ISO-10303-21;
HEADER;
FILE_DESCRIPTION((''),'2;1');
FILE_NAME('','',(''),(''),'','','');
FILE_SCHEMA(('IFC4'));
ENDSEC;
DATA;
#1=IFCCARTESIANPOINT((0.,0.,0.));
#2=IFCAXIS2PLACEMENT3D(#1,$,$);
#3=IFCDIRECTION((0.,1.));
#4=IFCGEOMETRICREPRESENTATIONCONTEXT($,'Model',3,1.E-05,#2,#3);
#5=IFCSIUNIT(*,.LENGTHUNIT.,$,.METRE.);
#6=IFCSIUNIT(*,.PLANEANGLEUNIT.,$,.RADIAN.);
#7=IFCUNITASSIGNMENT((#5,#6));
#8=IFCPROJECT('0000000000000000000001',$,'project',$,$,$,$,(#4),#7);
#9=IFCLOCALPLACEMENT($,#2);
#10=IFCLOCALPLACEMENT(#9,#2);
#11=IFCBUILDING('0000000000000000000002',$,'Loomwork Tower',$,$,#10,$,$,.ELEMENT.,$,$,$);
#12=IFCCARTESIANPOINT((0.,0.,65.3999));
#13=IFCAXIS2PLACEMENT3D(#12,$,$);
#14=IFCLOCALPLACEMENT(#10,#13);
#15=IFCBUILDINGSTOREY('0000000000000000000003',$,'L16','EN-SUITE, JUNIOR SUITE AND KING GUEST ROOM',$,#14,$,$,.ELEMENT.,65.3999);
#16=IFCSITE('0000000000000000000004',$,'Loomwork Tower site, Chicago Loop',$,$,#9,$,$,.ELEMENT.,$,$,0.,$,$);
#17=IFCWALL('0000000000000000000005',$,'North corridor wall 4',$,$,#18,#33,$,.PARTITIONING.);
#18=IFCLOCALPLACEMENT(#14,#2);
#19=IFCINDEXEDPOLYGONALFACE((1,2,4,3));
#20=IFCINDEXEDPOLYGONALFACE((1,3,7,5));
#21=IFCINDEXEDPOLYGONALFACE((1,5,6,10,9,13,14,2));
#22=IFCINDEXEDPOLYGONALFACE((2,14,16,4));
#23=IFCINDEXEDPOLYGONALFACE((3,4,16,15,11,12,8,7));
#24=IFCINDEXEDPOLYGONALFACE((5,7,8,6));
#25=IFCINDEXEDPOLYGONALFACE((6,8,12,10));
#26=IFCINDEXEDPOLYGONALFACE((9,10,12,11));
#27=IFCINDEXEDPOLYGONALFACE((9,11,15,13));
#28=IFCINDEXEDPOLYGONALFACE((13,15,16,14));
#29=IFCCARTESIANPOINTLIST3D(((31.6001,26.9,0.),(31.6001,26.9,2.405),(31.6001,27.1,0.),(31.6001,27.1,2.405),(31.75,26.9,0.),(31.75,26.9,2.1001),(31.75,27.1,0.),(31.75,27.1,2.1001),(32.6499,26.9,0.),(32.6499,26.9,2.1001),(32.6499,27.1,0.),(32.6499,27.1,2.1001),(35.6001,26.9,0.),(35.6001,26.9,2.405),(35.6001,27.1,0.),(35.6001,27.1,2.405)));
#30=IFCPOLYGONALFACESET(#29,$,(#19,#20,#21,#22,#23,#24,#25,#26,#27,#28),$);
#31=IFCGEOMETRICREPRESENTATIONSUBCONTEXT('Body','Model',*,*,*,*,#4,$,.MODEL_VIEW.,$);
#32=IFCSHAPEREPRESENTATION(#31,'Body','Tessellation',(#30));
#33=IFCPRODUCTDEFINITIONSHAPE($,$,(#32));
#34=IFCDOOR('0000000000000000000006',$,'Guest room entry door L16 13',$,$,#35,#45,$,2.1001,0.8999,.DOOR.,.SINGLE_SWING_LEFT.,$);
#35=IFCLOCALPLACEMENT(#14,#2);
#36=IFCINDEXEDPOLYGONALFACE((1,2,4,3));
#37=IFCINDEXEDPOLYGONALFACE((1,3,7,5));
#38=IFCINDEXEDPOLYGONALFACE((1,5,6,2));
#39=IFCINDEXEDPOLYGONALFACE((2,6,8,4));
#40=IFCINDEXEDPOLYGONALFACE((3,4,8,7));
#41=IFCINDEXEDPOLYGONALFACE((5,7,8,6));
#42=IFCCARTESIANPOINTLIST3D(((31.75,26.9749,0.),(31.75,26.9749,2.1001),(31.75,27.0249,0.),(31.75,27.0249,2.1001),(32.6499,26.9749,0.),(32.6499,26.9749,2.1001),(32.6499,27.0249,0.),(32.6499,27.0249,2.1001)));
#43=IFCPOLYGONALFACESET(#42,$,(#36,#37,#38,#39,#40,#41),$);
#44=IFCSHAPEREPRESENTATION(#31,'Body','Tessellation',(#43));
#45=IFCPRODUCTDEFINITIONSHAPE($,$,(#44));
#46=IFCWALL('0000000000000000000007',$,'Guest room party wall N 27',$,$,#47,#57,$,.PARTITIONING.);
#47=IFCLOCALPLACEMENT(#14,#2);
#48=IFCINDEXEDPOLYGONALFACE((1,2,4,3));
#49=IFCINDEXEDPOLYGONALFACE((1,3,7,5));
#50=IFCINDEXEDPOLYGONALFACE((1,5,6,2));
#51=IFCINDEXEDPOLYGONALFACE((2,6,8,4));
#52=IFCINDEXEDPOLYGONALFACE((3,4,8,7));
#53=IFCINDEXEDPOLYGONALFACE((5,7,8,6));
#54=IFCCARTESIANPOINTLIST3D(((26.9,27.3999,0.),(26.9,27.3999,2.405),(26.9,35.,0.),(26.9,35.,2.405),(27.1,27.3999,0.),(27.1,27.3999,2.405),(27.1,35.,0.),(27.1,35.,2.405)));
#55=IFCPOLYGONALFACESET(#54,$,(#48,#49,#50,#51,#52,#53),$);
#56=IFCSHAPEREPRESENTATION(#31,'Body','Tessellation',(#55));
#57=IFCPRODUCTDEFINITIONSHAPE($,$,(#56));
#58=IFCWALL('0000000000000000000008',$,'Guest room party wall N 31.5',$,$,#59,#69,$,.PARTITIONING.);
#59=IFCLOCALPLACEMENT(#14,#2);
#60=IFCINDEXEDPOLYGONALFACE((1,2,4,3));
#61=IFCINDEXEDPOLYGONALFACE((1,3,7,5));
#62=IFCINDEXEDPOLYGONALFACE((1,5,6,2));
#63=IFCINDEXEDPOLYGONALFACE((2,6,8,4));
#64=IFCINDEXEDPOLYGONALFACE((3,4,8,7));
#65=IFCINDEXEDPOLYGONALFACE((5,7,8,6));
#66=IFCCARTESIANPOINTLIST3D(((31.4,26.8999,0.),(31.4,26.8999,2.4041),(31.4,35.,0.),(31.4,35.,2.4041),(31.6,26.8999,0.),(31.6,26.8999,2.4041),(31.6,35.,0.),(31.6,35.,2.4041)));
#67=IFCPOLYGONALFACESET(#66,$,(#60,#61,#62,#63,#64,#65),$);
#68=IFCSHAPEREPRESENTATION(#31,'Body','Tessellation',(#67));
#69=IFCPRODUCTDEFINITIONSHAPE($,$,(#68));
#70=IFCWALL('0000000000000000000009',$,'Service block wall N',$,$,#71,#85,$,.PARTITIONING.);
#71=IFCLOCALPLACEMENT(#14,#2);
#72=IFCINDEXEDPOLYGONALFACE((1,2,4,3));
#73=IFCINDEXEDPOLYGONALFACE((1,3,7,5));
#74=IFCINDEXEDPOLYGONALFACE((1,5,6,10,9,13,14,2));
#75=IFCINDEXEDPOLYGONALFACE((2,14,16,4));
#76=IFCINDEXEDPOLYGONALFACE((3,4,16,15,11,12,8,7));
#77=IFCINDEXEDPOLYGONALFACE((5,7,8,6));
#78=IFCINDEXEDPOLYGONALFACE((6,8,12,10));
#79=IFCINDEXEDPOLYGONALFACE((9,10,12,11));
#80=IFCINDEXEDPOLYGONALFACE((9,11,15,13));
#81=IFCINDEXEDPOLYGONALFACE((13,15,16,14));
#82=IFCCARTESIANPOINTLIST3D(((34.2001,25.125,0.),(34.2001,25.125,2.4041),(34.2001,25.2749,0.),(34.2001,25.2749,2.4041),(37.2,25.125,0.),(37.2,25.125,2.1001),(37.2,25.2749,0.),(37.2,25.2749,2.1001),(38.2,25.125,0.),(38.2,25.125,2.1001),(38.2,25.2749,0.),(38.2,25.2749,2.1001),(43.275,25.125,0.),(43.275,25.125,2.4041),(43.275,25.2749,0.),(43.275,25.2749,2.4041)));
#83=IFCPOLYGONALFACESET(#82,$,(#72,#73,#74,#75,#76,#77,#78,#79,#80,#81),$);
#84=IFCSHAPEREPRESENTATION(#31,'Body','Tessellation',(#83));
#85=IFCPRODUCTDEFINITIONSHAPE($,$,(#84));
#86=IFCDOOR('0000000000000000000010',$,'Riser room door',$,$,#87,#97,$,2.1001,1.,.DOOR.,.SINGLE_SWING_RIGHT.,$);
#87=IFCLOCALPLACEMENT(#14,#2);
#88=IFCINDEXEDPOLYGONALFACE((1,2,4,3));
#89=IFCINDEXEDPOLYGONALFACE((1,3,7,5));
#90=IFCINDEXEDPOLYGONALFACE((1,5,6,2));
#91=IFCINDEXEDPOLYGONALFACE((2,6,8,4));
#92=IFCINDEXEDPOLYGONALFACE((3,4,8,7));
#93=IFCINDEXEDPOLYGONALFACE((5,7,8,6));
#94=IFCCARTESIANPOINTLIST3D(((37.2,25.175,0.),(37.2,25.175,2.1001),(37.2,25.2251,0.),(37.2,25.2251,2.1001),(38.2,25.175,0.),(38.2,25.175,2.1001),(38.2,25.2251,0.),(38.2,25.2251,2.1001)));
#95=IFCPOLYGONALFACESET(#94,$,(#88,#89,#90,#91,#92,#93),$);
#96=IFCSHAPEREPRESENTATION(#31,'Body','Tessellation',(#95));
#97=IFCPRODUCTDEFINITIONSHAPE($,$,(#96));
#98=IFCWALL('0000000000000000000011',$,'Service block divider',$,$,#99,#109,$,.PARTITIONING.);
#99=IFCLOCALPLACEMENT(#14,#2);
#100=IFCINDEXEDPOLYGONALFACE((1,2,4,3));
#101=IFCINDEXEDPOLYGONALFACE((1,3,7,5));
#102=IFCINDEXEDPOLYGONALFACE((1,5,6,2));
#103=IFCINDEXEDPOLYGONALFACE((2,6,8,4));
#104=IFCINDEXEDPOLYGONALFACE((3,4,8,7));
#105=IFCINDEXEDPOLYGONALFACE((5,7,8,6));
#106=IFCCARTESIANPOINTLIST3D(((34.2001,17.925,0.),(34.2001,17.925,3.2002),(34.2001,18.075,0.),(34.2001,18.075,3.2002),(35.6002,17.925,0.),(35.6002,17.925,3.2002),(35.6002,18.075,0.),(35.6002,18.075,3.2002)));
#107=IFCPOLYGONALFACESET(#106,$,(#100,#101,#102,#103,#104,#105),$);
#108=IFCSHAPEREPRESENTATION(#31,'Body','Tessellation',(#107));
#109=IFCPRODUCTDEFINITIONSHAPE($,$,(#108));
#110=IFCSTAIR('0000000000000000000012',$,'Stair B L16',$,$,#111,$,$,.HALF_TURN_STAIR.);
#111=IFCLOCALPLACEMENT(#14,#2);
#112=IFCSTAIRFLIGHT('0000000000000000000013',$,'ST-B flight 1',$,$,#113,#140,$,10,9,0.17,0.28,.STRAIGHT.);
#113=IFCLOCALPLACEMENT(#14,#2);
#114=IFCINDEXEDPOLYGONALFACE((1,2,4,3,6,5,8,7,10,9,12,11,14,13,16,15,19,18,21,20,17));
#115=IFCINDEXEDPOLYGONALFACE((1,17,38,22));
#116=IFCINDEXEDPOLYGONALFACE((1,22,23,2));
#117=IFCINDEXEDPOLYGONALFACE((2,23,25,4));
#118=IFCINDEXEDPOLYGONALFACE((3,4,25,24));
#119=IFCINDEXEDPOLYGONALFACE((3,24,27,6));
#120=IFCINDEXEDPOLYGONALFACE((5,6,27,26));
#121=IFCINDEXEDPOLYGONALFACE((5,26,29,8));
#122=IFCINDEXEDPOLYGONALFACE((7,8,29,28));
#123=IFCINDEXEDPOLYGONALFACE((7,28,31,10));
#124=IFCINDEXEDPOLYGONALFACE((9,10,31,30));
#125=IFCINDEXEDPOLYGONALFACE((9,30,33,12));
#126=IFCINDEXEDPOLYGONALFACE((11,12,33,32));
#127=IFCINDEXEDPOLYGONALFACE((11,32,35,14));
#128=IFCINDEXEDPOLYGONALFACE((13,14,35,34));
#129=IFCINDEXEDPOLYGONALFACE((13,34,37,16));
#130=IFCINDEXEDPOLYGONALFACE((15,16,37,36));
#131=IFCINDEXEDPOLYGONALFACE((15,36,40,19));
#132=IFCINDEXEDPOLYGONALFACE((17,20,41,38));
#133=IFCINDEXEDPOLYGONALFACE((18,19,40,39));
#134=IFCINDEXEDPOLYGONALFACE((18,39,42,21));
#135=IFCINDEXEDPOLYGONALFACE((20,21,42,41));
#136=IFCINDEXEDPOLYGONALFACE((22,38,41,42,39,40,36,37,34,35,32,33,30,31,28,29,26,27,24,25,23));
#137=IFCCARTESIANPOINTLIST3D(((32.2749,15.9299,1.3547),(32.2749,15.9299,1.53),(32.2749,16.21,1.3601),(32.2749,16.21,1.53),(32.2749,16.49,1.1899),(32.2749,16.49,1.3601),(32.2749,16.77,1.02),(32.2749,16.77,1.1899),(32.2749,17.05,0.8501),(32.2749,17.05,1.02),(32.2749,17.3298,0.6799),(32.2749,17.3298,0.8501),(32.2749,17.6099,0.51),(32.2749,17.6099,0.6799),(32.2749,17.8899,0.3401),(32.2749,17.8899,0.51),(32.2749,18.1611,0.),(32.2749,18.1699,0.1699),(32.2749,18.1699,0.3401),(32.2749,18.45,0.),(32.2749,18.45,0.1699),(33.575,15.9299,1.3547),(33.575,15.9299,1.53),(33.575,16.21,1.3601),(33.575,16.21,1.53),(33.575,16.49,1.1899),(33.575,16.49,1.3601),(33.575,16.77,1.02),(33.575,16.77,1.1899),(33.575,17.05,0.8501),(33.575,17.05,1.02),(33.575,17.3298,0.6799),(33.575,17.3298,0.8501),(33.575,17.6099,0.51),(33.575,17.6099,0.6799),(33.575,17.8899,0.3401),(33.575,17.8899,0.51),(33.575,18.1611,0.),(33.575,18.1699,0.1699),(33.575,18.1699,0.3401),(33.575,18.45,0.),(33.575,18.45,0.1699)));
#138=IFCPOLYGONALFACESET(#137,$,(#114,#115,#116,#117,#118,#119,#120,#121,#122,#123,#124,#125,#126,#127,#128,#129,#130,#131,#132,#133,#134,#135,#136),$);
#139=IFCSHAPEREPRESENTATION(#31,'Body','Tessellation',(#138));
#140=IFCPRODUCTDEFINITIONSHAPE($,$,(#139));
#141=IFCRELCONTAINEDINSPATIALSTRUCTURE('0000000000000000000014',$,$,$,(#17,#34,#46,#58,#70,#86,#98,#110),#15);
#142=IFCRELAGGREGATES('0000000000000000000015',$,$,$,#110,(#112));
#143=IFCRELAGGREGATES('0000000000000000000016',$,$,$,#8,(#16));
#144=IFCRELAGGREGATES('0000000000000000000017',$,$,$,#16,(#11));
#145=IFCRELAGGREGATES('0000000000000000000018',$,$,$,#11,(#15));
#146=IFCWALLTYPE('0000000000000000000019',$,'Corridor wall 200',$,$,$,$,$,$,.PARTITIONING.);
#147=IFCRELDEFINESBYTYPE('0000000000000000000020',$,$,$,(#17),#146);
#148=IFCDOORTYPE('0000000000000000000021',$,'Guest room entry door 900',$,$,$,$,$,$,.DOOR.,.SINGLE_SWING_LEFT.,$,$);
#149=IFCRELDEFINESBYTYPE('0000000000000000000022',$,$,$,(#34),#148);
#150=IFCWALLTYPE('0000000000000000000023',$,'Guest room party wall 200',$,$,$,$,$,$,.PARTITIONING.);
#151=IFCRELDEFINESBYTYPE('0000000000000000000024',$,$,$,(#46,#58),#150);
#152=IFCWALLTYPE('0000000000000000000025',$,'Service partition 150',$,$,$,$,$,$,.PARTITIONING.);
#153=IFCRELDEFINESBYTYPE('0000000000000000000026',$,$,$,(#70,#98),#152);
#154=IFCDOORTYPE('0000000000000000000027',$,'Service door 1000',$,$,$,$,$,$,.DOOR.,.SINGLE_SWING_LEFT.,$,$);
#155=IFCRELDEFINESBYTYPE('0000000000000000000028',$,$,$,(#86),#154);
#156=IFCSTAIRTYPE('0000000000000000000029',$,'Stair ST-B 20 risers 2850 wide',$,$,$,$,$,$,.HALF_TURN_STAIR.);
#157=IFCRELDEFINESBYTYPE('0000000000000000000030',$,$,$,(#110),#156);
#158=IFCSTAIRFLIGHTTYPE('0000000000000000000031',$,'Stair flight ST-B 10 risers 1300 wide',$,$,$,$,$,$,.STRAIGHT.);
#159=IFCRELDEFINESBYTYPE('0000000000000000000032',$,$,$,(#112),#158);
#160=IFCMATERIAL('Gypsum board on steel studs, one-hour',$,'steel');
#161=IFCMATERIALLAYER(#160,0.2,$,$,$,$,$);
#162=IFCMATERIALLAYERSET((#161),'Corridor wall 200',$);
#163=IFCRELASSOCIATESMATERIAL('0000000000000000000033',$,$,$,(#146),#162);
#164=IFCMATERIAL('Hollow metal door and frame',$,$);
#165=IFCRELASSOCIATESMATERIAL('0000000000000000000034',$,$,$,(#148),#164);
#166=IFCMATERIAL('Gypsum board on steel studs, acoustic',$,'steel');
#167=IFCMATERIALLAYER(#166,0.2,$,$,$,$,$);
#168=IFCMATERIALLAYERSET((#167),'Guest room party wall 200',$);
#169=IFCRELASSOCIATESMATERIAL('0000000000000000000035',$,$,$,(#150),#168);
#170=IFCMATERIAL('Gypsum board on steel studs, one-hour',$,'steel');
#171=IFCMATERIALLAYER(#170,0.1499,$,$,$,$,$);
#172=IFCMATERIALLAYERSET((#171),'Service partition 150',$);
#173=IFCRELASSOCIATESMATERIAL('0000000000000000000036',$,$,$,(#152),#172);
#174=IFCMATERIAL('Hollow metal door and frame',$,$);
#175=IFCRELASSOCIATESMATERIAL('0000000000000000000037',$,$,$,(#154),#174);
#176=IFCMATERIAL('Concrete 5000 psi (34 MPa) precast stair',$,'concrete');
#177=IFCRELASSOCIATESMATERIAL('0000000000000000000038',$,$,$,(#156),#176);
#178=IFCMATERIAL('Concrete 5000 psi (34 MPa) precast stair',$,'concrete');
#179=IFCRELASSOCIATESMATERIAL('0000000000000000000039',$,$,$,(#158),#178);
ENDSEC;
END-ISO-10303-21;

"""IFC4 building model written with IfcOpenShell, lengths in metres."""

from ifc_helpers import new_model, si_unit, direction, frame, frame_2d, origin, place, context, subcontext, project, spatial, polyline, rectangle, outline, extrude, material, layer, layer_set, type_object, element, fill, aggregate, save


model = new_model("IFC4")

# Units and contexts
model_context = context("Model", 3, precision=1e-05, world=origin(), true_north=direction((0.0, 1.0)))
body_context = subcontext(model_context, "Body", "Model", "MODEL_VIEW")
ifc_project = project(units=[si_unit("LENGTHUNIT", "METRE"), si_unit("PLANEANGLEUNIT", "RADIAN")], contexts=[model_context])

# Site, building, storey
site_placement = place(None, origin())
site = spatial("IfcSite", under=ifc_project, at=site_placement, Name="Loomwork Tower site, Chicago Loop", CompositionType="ELEMENT", RefElevation=0.0)
building_placement = place(site_placement, origin())
building = spatial("IfcBuilding", under=site, at=building_placement, Name="Loomwork Tower", CompositionType="ELEMENT")
storey_placement = place(building_placement, frame((0.0, 0.0, 65.3999)))
storey = spatial("IfcBuildingStorey", under=building, at=storey_placement, Name="L16", Description="EN-SUITE, JUNIOR SUITE AND KING GUEST ROOM", CompositionType="ELEMENT", Elevation=65.3999)

# Wall, opening, door
ifc_material_1 = material(Name="Gypsum board on steel studs, one-hour", Category="steel")
ifc_layer_1 = layer(ifc_material_1, 0.2)
ifc_layer_set_1 = layer_set([ifc_layer_1], Name="Corridor wall 200")
wall_type_1 = type_object("IfcWallType", Name="Corridor wall 200", PredefinedType="PARTITIONING", material=ifc_layer_set_1)
wall_1_placement = place(storey_placement, frame((31.6001, 27.0, 0.0), z_axis=(0.0, 0.0, 1.0), x_axis=(1.0, 0.0, 0.0)))
wall_1 = element("IfcWall", 1, at=wall_1_placement, inside=storey, type_object=wall_type_1, Name="North corridor wall 4", PredefinedType="PARTITIONING", context=body_context, shape_type="SweptSolid", body=[
    extrude(rectangle(XDim=4.0, YDim=0.2, at=frame_2d((2.0, 0.0))), origin(), (0.0, 0.0, 1.0), 2.405),
])
opening_1_placement = place(wall_1_placement, frame((0.1499, 0.0, 0.0)))
opening_1 = element("IfcOpeningElement", 2, at=opening_1_placement, cuts=wall_1, PredefinedType="OPENING", context=body_context, shape_type="SweptSolid", body=[
    extrude(rectangle(XDim=0.8999, YDim=2.1001, at=frame_2d((0.45, 1.05))), frame((0.0, 0.1099, 0.0), z_axis=(0.0, -1.0, 0.0), x_axis=(1.0, 0.0, 0.0)), (0.0, 0.0, 1.0), 0.22),
])
ifc_material_2 = material(Name="Hollow metal door and frame")
door_type_1 = type_object("IfcDoorType", Name="Guest room entry door 900", OperationType="SINGLE_SWING_LEFT", PredefinedType="DOOR", material=ifc_material_2)
door_1_placement = place(opening_1_placement, origin())
door_1 = element("IfcDoor", 3, at=door_1_placement, inside=storey, type_object=door_type_1, Name="Guest room entry door L16 13", OperationType="SINGLE_SWING_LEFT", OverallHeight=2.1001, OverallWidth=0.8999, PredefinedType="DOOR", context=body_context, shape_type="SweptSolid", body=[
    extrude(rectangle(XDim=0.8999, YDim=2.1001, at=frame_2d((0.45, 1.05))), frame((0.0, 0.0249, 0.0), z_axis=(0.0, -1.0, 0.0), x_axis=(1.0, 0.0, 0.0)), (0.0, 0.0, 1.0), 0.05),
])
fill(opening_1, door_1)

# Walls
ifc_material_3 = material(Name="Gypsum board on steel studs, acoustic", Category="steel")
ifc_layer_2 = layer(ifc_material_3, 0.2)
ifc_layer_set_2 = layer_set([ifc_layer_2], Name="Guest room party wall 200")
wall_type_2 = type_object("IfcWallType", Name="Guest room party wall 200", PredefinedType="PARTITIONING", material=ifc_layer_set_2)
wall_2_placement = place(storey_placement, frame((27.0, 27.3999, 0.0), z_axis=(0.0, 0.0, 1.0), x_axis=(0.0, 1.0, 0.0)))
element("IfcWall", 4, at=wall_2_placement, inside=storey, type_object=wall_type_2, Name="Guest room party wall N 27", PredefinedType="PARTITIONING", context=body_context, shape_type="SweptSolid", body=[
    extrude(rectangle(XDim=7.6001, YDim=0.2, at=frame_2d((3.8, 0.0))), origin(), (0.0, 0.0, 1.0), 2.405),
])
wall_3_placement = place(storey_placement, frame((31.5, 26.8999, 0.0), z_axis=(0.0, 0.0, 1.0), x_axis=(0.0, 1.0, 0.0)))
element("IfcWall", 5, at=wall_3_placement, inside=storey, type_object=wall_type_2, Name="Guest room party wall N 31.5", PredefinedType="PARTITIONING", context=body_context, shape_type="SweptSolid", body=[
    extrude(rectangle(XDim=8.1001, YDim=0.2, at=frame_2d((4.05, 0.0))), origin(), (0.0, 0.0, 1.0), 2.4041),
])

# Wall, opening, door
ifc_material_4 = material(Name="Gypsum board on steel studs, one-hour", Category="steel")
ifc_layer_3 = layer(ifc_material_4, 0.1499)
ifc_layer_set_3 = layer_set([ifc_layer_3], Name="Service partition 150")
wall_type_3 = type_object("IfcWallType", Name="Service partition 150", PredefinedType="PARTITIONING", material=ifc_layer_set_3)
wall_4_placement = place(storey_placement, frame((34.2, 25.2, 0.0), z_axis=(0.0, 0.0, 1.0), x_axis=(1.0, 0.0, 0.0)))
wall_4 = element("IfcWall", 6, at=wall_4_placement, inside=storey, type_object=wall_type_3, Name="Service block wall N", PredefinedType="PARTITIONING", context=body_context, shape_type="SweptSolid", body=[
    extrude(rectangle(XDim=9.075, YDim=0.1499, at=frame_2d((4.5376, 0.0))), origin(), (0.0, 0.0, 1.0), 2.4041),
])
opening_2_placement = place(wall_4_placement, frame((3.0, 0.0, 0.0)))
opening_2 = element("IfcOpeningElement", 7, at=opening_2_placement, cuts=wall_4, PredefinedType="OPENING", context=body_context, shape_type="SweptSolid", body=[
    extrude(rectangle(XDim=1.0, YDim=2.1001, at=frame_2d((0.5, 1.05))), frame((0.0, 0.085, 0.0), z_axis=(0.0, -1.0, 0.0), x_axis=(1.0, 0.0, 0.0)), (0.0, 0.0, 1.0), 0.1699),
])
ifc_material_5 = material(Name="Hollow metal door and frame")
door_type_2 = type_object("IfcDoorType", Name="Service door 1000", OperationType="SINGLE_SWING_LEFT", PredefinedType="DOOR", material=ifc_material_5)
door_2_placement = place(opening_2_placement, frame((1.0, 0.0, 0.0), z_axis=(0.0, 0.0, 1.0), x_axis=(-1.0, 0.0, 0.0)))
door_2 = element("IfcDoor", 8, at=door_2_placement, inside=storey, type_object=door_type_2, Name="Riser room door", OperationType="SINGLE_SWING_RIGHT", OverallHeight=2.1001, OverallWidth=1.0, PredefinedType="DOOR", context=body_context, shape_type="SweptSolid", body=[
    extrude(rectangle(XDim=1.0, YDim=2.1001, at=frame_2d((0.5, 1.05))), frame((0.0, 0.0249, 0.0), z_axis=(0.0, -1.0, 0.0), x_axis=(1.0, 0.0, 0.0)), (0.0, 0.0, 1.0), 0.05),
])
fill(opening_2, door_2)

# Wall
wall_5_placement = place(storey_placement, frame((34.2, 18.0, 0.0), z_axis=(0.0, 0.0, 1.0), x_axis=(1.0, 0.0, 0.0)))
element("IfcWall", 9, at=wall_5_placement, inside=storey, type_object=wall_type_3, Name="Service block divider", PredefinedType="PARTITIONING", context=body_context, shape_type="SweptSolid", body=[
    extrude(rectangle(XDim=1.4001, YDim=0.1499, at=frame_2d((0.7002, 0.0))), origin(), (0.0, 0.0, 1.0), 3.2002),
])

# Stair, stair flight
ifc_material_6 = material(Name="Concrete 5000 psi (34 MPa) precast stair", Category="concrete")
stair_type = type_object("IfcStairType", Name="Stair ST-B 20 risers 2850 wide", PredefinedType="HALF_TURN_STAIR", material=ifc_material_6)
stair_placement = place(storey_placement, origin())
stair = element("IfcStair", 10, at=stair_placement, inside=storey, type_object=stair_type, Name="Stair B L16", PredefinedType="HALF_TURN_STAIR")
ifc_material_7 = material(Name="Concrete 5000 psi (34 MPa) precast stair", Category="concrete")
stair_flight_type = type_object("IfcStairFlightType", Name="Stair flight ST-B 10 risers 1300 wide", PredefinedType="STRAIGHT", material=ifc_material_7)
stair_flight_placement = place(storey_placement, frame((32.925, 18.45, 0.0), z_axis=(0.0, 0.0, 1.0), x_axis=(0.0, -1.0, 0.0)))
stair_flight = element("IfcStairFlight", 11, at=stair_flight_placement, type_object=stair_flight_type, Name="ST-B flight 1", NumberOfRisers=10, NumberOfTreads=9, PredefinedType="STRAIGHT", RiserHeight=0.17, TreadLength=0.28, context=body_context, shape_type="SweptSolid", body=[
    extrude(outline(polyline([(0.0, 0.0), (0.0, 0.1699), (0.28, 0.1699), (0.28, 0.3401), (0.5601, 0.3401), (0.5601, 0.51), (0.8401, 0.51), (0.8401, 0.6799), (1.1201, 0.6799), (1.1201, 0.8501), (1.3999, 0.8501), (1.3999, 1.02), (1.6799, 1.02), (1.6799, 1.1899), (1.96, 1.1899), (1.96, 1.3601), (2.24, 1.3601), (2.24, 1.53), (2.52, 1.53), (2.52, 1.7), (2.52, 1.3547), (0.2888, 0.0), (0.0, 0.0)])), frame((0.0, 0.6499, 0.0), z_axis=(0.0, -1.0, 0.0), x_axis=(1.0, 0.0, 0.0)), (0.0, 0.0, 1.0), 1.3),
])
aggregate(stair, [stair_flight])

save(model, "model.ifc")
